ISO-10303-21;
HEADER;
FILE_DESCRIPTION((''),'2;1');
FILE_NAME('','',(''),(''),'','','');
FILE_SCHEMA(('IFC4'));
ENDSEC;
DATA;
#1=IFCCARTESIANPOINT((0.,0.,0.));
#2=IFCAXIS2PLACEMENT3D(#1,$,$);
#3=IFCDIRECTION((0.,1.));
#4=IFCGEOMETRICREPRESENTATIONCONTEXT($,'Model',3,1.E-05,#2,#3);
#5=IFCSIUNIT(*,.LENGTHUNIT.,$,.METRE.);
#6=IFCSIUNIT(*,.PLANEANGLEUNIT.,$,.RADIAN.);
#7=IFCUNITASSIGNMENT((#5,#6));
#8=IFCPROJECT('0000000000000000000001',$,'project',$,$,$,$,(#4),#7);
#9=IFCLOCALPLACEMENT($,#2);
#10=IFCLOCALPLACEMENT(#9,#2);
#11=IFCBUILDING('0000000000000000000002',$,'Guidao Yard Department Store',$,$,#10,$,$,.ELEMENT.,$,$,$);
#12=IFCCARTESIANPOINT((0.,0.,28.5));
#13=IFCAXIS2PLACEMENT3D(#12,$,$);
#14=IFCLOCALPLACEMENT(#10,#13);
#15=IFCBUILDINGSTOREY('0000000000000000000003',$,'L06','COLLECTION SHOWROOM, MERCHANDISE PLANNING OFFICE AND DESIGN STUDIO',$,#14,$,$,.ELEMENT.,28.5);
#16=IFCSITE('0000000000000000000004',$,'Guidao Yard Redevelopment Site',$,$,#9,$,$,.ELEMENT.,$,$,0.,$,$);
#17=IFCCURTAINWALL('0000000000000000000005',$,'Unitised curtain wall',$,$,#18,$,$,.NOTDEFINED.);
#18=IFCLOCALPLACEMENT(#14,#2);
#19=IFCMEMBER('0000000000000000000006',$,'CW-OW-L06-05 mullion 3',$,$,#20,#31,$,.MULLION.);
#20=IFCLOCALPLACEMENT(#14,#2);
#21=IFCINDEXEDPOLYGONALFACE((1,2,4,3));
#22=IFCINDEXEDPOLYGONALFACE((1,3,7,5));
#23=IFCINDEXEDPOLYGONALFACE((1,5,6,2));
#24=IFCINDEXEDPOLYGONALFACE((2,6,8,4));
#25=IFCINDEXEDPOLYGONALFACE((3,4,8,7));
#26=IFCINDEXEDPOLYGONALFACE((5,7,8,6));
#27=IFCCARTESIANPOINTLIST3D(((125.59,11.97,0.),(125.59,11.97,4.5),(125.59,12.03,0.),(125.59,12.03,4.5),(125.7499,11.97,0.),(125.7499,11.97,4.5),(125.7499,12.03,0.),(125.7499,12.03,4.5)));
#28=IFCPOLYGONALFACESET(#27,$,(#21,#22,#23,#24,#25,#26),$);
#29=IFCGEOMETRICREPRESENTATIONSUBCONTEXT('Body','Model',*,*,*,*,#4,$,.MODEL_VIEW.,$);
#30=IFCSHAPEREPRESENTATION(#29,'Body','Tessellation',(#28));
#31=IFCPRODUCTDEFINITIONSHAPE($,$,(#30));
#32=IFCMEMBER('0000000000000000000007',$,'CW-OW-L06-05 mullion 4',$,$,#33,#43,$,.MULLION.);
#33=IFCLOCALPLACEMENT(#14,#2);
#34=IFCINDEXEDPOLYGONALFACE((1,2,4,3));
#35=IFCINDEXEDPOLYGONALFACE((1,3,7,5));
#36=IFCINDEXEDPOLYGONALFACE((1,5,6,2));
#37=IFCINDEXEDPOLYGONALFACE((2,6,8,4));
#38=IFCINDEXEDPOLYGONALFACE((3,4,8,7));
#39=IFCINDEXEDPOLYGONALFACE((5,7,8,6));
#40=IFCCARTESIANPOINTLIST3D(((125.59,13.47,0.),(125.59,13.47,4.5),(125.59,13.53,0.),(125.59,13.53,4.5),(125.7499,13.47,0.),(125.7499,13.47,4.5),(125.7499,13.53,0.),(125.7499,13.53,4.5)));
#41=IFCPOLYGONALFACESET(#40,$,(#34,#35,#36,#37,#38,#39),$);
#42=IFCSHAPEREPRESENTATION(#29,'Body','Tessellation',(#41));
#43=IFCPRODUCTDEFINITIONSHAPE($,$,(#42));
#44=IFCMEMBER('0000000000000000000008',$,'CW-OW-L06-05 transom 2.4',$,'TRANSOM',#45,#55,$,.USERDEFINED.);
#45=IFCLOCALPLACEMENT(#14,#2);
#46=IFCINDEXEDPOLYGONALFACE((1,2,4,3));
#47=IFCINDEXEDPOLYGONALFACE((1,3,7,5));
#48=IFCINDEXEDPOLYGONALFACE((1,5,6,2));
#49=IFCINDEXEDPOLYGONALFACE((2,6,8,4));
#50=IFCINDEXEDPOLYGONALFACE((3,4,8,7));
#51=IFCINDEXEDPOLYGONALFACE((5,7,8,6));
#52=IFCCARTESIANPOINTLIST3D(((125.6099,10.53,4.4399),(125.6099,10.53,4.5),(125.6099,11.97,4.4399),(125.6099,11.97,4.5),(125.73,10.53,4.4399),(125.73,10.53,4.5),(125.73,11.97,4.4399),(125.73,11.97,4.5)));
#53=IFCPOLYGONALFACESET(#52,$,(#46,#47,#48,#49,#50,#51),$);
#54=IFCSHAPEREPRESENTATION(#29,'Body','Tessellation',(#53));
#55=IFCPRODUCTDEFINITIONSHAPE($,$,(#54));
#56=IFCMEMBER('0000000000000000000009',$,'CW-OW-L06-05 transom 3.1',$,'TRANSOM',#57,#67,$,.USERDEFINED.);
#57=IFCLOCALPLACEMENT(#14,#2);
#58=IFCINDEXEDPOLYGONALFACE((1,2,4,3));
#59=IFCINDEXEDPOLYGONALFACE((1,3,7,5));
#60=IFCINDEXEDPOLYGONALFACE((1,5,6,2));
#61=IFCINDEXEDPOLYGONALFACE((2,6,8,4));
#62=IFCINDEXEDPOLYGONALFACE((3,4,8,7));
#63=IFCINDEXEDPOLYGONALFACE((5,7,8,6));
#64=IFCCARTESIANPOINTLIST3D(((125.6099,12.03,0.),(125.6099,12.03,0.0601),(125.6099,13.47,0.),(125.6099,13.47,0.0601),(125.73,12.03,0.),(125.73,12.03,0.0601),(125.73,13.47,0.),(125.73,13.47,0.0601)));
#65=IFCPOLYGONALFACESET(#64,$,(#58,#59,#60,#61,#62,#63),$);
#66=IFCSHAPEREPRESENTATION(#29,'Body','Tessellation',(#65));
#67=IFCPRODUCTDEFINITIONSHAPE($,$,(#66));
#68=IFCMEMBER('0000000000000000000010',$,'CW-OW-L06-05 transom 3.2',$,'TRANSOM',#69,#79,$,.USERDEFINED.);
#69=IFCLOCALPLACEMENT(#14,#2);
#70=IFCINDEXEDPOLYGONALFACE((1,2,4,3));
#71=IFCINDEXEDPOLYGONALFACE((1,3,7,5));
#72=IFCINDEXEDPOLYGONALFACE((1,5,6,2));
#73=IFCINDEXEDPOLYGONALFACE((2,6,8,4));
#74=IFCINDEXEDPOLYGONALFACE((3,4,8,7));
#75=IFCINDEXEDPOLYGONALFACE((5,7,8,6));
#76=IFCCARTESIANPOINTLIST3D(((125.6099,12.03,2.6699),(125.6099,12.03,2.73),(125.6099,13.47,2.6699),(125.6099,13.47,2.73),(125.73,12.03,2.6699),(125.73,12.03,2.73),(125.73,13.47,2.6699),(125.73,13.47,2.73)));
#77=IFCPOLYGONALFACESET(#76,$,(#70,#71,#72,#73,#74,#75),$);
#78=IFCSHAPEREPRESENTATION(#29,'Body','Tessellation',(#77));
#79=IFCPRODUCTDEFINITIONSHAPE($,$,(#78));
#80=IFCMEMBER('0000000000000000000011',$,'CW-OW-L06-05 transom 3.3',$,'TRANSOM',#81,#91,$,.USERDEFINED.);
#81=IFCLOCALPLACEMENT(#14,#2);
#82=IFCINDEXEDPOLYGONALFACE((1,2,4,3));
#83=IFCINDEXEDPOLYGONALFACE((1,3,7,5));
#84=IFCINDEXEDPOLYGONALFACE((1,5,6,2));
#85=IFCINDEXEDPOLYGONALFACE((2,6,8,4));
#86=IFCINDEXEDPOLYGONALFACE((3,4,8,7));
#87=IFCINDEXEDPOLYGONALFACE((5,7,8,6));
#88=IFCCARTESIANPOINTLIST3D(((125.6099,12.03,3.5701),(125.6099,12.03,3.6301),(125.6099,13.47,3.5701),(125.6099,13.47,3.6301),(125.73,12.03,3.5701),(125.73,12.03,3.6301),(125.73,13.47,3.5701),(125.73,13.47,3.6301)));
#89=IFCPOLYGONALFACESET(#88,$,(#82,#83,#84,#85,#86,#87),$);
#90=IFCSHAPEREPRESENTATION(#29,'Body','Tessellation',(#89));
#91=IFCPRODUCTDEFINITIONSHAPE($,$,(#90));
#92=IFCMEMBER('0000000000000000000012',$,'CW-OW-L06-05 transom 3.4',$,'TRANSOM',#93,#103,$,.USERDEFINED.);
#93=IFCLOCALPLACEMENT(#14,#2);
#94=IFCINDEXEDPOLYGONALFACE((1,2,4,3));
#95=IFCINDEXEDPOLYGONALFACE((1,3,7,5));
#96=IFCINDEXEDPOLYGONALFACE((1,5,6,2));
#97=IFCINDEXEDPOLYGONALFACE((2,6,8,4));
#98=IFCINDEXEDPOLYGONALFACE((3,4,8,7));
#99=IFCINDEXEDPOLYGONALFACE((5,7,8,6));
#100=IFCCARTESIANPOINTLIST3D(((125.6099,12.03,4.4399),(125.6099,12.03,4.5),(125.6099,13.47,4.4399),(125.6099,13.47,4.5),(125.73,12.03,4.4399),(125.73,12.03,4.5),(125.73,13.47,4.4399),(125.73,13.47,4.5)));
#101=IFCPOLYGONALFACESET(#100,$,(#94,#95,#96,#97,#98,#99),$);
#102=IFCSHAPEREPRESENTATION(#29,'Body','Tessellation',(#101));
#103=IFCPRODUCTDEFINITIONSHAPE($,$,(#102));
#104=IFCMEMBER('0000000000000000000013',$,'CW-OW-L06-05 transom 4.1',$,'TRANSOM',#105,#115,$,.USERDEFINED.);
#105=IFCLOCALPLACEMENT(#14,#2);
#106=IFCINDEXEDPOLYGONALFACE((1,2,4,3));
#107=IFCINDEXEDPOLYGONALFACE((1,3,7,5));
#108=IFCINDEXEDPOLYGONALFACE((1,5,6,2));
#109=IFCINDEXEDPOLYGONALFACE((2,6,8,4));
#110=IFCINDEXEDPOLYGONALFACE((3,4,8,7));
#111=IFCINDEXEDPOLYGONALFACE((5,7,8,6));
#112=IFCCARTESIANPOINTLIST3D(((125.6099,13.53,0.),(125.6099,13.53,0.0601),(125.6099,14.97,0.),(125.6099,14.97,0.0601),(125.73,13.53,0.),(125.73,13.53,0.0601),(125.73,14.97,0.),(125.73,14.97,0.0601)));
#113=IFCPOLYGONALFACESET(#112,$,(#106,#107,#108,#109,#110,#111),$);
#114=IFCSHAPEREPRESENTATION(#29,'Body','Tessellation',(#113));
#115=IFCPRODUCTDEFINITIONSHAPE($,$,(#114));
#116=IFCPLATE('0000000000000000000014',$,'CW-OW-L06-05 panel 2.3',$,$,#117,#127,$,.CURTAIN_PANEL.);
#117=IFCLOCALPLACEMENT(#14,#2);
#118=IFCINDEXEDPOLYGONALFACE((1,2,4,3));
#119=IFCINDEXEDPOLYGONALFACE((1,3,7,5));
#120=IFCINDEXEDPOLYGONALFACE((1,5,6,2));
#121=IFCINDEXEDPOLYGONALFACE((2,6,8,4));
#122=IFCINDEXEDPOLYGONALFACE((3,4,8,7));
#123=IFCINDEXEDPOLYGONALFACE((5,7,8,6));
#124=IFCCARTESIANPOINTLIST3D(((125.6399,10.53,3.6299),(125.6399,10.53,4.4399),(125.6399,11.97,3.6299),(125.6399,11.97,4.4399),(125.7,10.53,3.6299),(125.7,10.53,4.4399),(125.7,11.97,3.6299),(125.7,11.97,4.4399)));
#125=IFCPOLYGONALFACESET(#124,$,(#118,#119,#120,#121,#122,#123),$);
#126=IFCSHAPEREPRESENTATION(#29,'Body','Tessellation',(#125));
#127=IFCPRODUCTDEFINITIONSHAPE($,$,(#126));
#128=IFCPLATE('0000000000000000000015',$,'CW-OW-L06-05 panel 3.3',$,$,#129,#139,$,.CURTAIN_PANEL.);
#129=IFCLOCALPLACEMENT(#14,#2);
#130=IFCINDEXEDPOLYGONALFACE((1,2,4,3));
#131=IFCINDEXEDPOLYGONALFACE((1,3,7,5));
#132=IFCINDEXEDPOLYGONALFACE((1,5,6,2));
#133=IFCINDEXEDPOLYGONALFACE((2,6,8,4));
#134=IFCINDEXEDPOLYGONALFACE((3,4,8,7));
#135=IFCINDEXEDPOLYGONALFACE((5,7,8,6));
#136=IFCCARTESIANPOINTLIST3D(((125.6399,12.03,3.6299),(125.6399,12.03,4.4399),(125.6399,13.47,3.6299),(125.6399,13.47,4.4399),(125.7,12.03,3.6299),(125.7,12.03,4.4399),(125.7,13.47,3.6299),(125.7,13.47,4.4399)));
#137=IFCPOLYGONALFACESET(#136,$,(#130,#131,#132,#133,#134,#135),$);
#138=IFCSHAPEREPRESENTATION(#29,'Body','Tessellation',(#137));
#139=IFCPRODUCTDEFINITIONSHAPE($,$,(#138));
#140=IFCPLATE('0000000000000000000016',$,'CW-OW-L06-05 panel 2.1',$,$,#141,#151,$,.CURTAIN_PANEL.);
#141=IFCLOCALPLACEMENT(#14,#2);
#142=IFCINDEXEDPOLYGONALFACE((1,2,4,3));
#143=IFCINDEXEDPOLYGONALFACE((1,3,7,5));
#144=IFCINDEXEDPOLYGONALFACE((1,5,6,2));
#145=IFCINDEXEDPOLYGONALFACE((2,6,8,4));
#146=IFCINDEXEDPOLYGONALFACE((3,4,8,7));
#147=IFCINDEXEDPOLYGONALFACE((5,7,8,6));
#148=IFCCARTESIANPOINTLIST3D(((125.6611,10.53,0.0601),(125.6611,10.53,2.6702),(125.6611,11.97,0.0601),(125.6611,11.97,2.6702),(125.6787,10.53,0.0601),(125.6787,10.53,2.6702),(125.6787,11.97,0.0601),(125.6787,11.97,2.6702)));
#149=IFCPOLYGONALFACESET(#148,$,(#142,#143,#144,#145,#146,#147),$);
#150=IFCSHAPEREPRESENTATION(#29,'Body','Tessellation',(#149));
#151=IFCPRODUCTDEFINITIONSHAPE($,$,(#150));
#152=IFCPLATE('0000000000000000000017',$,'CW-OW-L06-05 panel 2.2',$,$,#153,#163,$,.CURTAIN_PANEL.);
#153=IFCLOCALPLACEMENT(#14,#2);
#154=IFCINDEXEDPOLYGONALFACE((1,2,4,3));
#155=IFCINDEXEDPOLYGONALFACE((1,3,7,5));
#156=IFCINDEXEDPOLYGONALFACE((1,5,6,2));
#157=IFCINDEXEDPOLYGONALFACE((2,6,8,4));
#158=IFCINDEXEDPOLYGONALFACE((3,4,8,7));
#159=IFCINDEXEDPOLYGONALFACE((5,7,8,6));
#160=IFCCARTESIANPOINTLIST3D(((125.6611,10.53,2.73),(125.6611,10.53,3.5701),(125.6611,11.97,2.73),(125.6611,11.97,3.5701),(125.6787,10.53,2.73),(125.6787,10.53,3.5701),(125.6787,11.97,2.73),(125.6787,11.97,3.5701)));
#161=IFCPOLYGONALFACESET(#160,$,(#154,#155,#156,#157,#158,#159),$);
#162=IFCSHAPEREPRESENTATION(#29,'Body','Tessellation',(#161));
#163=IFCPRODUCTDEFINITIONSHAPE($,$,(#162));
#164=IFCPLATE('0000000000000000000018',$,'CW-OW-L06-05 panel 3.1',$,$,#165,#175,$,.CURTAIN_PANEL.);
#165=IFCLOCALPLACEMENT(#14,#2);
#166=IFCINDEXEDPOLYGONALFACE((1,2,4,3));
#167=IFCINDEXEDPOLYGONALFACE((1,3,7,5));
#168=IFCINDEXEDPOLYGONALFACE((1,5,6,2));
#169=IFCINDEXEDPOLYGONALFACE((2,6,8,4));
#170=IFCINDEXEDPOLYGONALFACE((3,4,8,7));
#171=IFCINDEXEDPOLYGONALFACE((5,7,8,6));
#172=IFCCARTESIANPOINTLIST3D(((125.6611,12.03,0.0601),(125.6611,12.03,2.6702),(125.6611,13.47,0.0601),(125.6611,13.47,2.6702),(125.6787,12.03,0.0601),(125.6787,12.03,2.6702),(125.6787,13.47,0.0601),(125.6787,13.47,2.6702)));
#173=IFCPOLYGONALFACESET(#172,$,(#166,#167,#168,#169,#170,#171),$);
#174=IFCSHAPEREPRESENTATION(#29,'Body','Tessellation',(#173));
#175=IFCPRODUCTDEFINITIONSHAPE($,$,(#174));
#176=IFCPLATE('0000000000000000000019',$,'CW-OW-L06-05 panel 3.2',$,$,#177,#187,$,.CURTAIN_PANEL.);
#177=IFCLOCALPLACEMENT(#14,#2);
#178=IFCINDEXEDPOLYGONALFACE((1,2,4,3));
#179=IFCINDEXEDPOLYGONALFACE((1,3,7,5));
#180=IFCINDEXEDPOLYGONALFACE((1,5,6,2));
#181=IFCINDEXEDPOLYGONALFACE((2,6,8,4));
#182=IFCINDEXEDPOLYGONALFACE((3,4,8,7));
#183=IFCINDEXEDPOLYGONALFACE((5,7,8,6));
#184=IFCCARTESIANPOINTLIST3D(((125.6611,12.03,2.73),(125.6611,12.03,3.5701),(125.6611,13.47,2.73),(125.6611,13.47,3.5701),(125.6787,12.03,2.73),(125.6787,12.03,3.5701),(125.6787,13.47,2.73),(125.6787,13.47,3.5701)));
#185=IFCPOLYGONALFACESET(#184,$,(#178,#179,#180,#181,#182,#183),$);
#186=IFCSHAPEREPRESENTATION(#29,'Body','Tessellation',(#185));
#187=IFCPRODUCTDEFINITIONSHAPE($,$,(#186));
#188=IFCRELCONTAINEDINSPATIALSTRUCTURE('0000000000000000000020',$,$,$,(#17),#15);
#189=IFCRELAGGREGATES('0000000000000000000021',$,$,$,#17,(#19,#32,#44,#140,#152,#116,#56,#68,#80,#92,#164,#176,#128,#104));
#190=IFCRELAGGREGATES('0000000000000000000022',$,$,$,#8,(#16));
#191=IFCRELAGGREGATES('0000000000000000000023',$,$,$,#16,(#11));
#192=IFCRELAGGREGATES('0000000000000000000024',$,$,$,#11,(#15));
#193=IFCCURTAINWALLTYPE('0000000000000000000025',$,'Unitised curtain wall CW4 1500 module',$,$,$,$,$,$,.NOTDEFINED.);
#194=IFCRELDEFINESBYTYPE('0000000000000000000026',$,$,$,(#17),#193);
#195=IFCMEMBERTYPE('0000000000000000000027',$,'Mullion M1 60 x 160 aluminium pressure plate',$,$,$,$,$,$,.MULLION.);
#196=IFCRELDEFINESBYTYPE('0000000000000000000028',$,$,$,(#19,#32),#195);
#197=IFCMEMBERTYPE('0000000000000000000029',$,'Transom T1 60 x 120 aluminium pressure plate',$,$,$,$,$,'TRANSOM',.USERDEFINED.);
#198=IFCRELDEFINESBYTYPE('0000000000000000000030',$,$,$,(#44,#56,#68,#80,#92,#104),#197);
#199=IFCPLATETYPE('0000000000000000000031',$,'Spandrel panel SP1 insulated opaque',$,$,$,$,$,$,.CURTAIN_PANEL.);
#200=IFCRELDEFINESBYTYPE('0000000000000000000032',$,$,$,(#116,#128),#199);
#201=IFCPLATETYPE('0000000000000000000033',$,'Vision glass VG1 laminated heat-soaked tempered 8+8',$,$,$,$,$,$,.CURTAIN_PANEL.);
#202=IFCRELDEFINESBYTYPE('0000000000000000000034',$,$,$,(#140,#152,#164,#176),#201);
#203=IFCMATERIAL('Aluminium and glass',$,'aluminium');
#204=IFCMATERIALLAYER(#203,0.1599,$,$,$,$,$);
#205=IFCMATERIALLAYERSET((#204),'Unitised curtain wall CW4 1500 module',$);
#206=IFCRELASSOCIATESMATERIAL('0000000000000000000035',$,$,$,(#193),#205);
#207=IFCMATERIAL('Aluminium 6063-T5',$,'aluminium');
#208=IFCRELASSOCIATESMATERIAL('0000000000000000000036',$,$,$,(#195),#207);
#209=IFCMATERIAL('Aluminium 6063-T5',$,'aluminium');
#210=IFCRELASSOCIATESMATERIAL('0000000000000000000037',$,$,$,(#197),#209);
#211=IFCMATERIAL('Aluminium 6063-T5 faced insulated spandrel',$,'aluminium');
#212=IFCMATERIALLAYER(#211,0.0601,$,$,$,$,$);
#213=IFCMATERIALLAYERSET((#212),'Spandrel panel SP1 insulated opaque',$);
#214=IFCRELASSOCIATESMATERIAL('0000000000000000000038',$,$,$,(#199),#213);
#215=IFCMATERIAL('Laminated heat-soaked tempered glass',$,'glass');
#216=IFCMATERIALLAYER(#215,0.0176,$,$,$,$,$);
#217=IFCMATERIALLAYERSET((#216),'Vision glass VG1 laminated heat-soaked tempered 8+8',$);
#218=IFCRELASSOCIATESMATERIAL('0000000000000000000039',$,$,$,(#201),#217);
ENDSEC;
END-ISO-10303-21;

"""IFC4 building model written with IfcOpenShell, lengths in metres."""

from ifc_helpers import new_model, si_unit, direction, frame, origin, origin_2d, place, context, subcontext, project, spatial, rectangle, extrude, material, layer, layer_set, material_profile, profile_set, type_object, element, aggregate, save


model = new_model("IFC4")

# Units and contexts
model_context = context("Model", 3, precision=1e-05, world=origin(), true_north=direction((0.0, 1.0)))
body_context = subcontext(model_context, "Body", "Model", "MODEL_VIEW")
ifc_project = project(units=[si_unit("LENGTHUNIT", "METRE"), si_unit("PLANEANGLEUNIT", "RADIAN")], contexts=[model_context])

# Site, building, storey
site_placement = place(None, origin())
site = spatial("IfcSite", under=ifc_project, at=site_placement, Name="Guidao Yard Redevelopment Site", CompositionType="ELEMENT", RefElevation=0.0)
building_placement = place(site_placement, origin())
building = spatial("IfcBuilding", under=site, at=building_placement, Name="Guidao Yard Department Store", CompositionType="ELEMENT")
storey_placement = place(building_placement, frame((0.0, 0.0, 28.5)))
storey = spatial("IfcBuildingStorey", under=building, at=storey_placement, Name="L06", Description="COLLECTION SHOWROOM, MERCHANDISE PLANNING OFFICE AND DESIGN STUDIO", CompositionType="ELEMENT", Elevation=28.5)

# Curtain wall, members, plates
ifc_material_1 = material(Name="Aluminium and glass", Category="aluminium")
ifc_layer_1 = layer(ifc_material_1, 0.1599)
ifc_layer_set_1 = layer_set([ifc_layer_1], Name="Unitised curtain wall CW4 1500 module")
curtain_wall_type = type_object("IfcCurtainWallType", Name="Unitised curtain wall CW4 1500 module", PredefinedType="NOTDEFINED", material=ifc_layer_set_1)
curtain_wall_placement = place(storey_placement, origin())
curtain_wall = element("IfcCurtainWall", 1, at=curtain_wall_placement, inside=storey, type_object=curtain_wall_type, Name="Unitised curtain wall", PredefinedType="NOTDEFINED")
ifc_material_2 = material(Name="Aluminium 6063-T5", Category="aluminium")
ifc_material_profile_1 = material_profile(ifc_material_2, rectangle(XDim=0.0601, YDim=0.1599, at=origin_2d()), Name="Mullion M1 60 x 160 aluminium pressure plate")
ifc_profile_set_1 = profile_set([ifc_material_profile_1], Name="Aluminium 6063-T5")
member_type_1 = type_object("IfcMemberType", Name="Mullion M1 60 x 160 aluminium pressure plate", PredefinedType="MULLION", material=ifc_profile_set_1)
member_1_placement = place(storey_placement, frame((125.6699, 12.0, 0.0), z_axis=(0.0, 0.0, 1.0), x_axis=(0.0, 1.0, 0.0)))
member_1 = element("IfcMember", 2, at=member_1_placement, type_object=member_type_1, Name="CW-OW-L06-05 mullion 3", PredefinedType="MULLION", context=body_context, shape_type="SweptSolid", body=[
    extrude(rectangle(XDim=0.0601, YDim=0.1599, at=origin_2d()), origin(), (0.0, 0.0, 1.0), 4.5),
])
member_2_placement = place(storey_placement, frame((125.6699, 13.5, 0.0), z_axis=(0.0, 0.0, 1.0), x_axis=(0.0, 1.0, 0.0)))
member_2 = element("IfcMember", 3, at=member_2_placement, type_object=member_type_1, Name="CW-OW-L06-05 mullion 4", PredefinedType="MULLION", context=body_context, shape_type="SweptSolid", body=[
    extrude(rectangle(XDim=0.0601, YDim=0.1599, at=origin_2d()), origin(), (0.0, 0.0, 1.0), 4.5),
])
ifc_material_3 = material(Name="Aluminium 6063-T5", Category="aluminium")
ifc_material_profile_2 = material_profile(ifc_material_3, rectangle(XDim=0.1201, YDim=0.0601, at=origin_2d()), Name="Transom T1 60 x 120 aluminium pressure plate")
ifc_profile_set_2 = profile_set([ifc_material_profile_2], Name="Aluminium 6063-T5")
member_type_2 = type_object("IfcMemberType", Name="Transom T1 60 x 120 aluminium pressure plate", ElementType="TRANSOM", PredefinedType="USERDEFINED", material=ifc_profile_set_2)
member_3_placement = place(storey_placement, frame((125.6699, 10.53, 4.47), z_axis=(0.0, 1.0, 0.0), x_axis=(-1.0, 0.0, 0.0)))
member_3 = element("IfcMember", 4, at=member_3_placement, type_object=member_type_2, Name="CW-OW-L06-05 transom 2.4", ObjectType="TRANSOM", PredefinedType="USERDEFINED", context=body_context, shape_type="SweptSolid", body=[
    extrude(rectangle(XDim=0.1201, YDim=0.0601, at=origin_2d()), origin(), (0.0, 0.0, 1.0), 1.4399),
])
member_4_placement = place(storey_placement, frame((125.6699, 12.03, 0.03), z_axis=(0.0, 1.0, 0.0), x_axis=(-1.0, 0.0, 0.0)))
member_4 = element("IfcMember", 5, at=member_4_placement, type_object=member_type_2, Name="CW-OW-L06-05 transom 3.1", ObjectType="TRANSOM", PredefinedType="USERDEFINED", context=body_context, shape_type="SweptSolid", body=[
    extrude(rectangle(XDim=0.1201, YDim=0.0601, at=origin_2d()), origin(), (0.0, 0.0, 1.0), 1.4399),
])
member_5_placement = place(storey_placement, frame((125.6699, 12.03, 2.7), z_axis=(0.0, 1.0, 0.0), x_axis=(-1.0, 0.0, 0.0)))
member_5 = element("IfcMember", 6, at=member_5_placement, type_object=member_type_2, Name="CW-OW-L06-05 transom 3.2", ObjectType="TRANSOM", PredefinedType="USERDEFINED", context=body_context, shape_type="SweptSolid", body=[
    extrude(rectangle(XDim=0.1201, YDim=0.0601, at=origin_2d()), origin(), (0.0, 0.0, 1.0), 1.4399),
])
member_6_placement = place(storey_placement, frame((125.6699, 12.03, 3.6001), z_axis=(0.0, 1.0, 0.0), x_axis=(-1.0, 0.0, 0.0)))
member_6 = element("IfcMember", 7, at=member_6_placement, type_object=member_type_2, Name="CW-OW-L06-05 transom 3.3", ObjectType="TRANSOM", PredefinedType="USERDEFINED", context=body_context, shape_type="SweptSolid", body=[
    extrude(rectangle(XDim=0.1201, YDim=0.0601, at=origin_2d()), origin(), (0.0, 0.0, 1.0), 1.4399),
])
member_7_placement = place(storey_placement, frame((125.6699, 12.03, 4.47), z_axis=(0.0, 1.0, 0.0), x_axis=(-1.0, 0.0, 0.0)))
member_7 = element("IfcMember", 8, at=member_7_placement, type_object=member_type_2, Name="CW-OW-L06-05 transom 3.4", ObjectType="TRANSOM", PredefinedType="USERDEFINED", context=body_context, shape_type="SweptSolid", body=[
    extrude(rectangle(XDim=0.1201, YDim=0.0601, at=origin_2d()), origin(), (0.0, 0.0, 1.0), 1.4399),
])
member_8_placement = place(storey_placement, frame((125.6699, 13.53, 0.03), z_axis=(0.0, 1.0, 0.0), x_axis=(-1.0, 0.0, 0.0)))
member_8 = element("IfcMember", 9, at=member_8_placement, type_object=member_type_2, Name="CW-OW-L06-05 transom 4.1", ObjectType="TRANSOM", PredefinedType="USERDEFINED", context=body_context, shape_type="SweptSolid", body=[
    extrude(rectangle(XDim=0.1201, YDim=0.0601, at=origin_2d()), origin(), (0.0, 0.0, 1.0), 1.4399),
])
ifc_material_4 = material(Name="Aluminium 6063-T5 faced insulated spandrel", Category="aluminium")
ifc_layer_2 = layer(ifc_material_4, 0.0601)
ifc_layer_set_2 = layer_set([ifc_layer_2], Name="Spandrel panel SP1 insulated opaque")
plate_type_1 = type_object("IfcPlateType", Name="Spandrel panel SP1 insulated opaque", PredefinedType="CURTAIN_PANEL", material=ifc_layer_set_2)
plate_1_placement = place(storey_placement, frame((125.6699, 11.25, 3.6299), z_axis=(0.0, 0.0, 1.0), x_axis=(0.0, 1.0, 0.0)))
plate_1 = element("IfcPlate", 10, at=plate_1_placement, type_object=plate_type_1, Name="CW-OW-L06-05 panel 2.3", PredefinedType="CURTAIN_PANEL", context=body_context, shape_type="SweptSolid", body=[
    extrude(rectangle(XDim=1.4399, YDim=0.0601, at=origin_2d()), origin(), (0.0, 0.0, 1.0), 0.8101),
])
plate_2_placement = place(storey_placement, frame((125.6699, 12.75, 3.6299), z_axis=(0.0, 0.0, 1.0), x_axis=(0.0, 1.0, 0.0)))
plate_2 = element("IfcPlate", 11, at=plate_2_placement, type_object=plate_type_1, Name="CW-OW-L06-05 panel 3.3", PredefinedType="CURTAIN_PANEL", context=body_context, shape_type="SweptSolid", body=[
    extrude(rectangle(XDim=1.4399, YDim=0.0601, at=origin_2d()), origin(), (0.0, 0.0, 1.0), 0.8101),
])
ifc_material_5 = material(Name="Laminated heat-soaked tempered glass", Category="glass")
ifc_layer_3 = layer(ifc_material_5, 0.0176)
ifc_layer_set_3 = layer_set([ifc_layer_3], Name="Vision glass VG1 laminated heat-soaked tempered 8+8")
plate_type_2 = type_object("IfcPlateType", Name="Vision glass VG1 laminated heat-soaked tempered 8+8", PredefinedType="CURTAIN_PANEL", material=ifc_layer_set_3)
plate_3_placement = place(storey_placement, frame((125.6699, 11.25, 0.0601), z_axis=(0.0, 0.0, 1.0), x_axis=(0.0, 1.0, 0.0)))
plate_3 = element("IfcPlate", 12, at=plate_3_placement, type_object=plate_type_2, Name="CW-OW-L06-05 panel 2.1", PredefinedType="CURTAIN_PANEL", context=body_context, shape_type="SweptSolid", body=[
    extrude(rectangle(XDim=1.4399, YDim=0.0176, at=origin_2d()), origin(), (0.0, 0.0, 1.0), 2.6101),
])
plate_4_placement = place(storey_placement, frame((125.6699, 11.25, 2.73), z_axis=(0.0, 0.0, 1.0), x_axis=(0.0, 1.0, 0.0)))
plate_4 = element("IfcPlate", 13, at=plate_4_placement, type_object=plate_type_2, Name="CW-OW-L06-05 panel 2.2", PredefinedType="CURTAIN_PANEL", context=body_context, shape_type="SweptSolid", body=[
    extrude(rectangle(XDim=1.4399, YDim=0.0176, at=origin_2d()), origin(), (0.0, 0.0, 1.0), 0.8401),
])
plate_5_placement = place(storey_placement, frame((125.6699, 12.75, 0.0601), z_axis=(0.0, 0.0, 1.0), x_axis=(0.0, 1.0, 0.0)))
plate_5 = element("IfcPlate", 14, at=plate_5_placement, type_object=plate_type_2, Name="CW-OW-L06-05 panel 3.1", PredefinedType="CURTAIN_PANEL", context=body_context, shape_type="SweptSolid", body=[
    extrude(rectangle(XDim=1.4399, YDim=0.0176, at=origin_2d()), origin(), (0.0, 0.0, 1.0), 2.6101),
])
plate_6_placement = place(storey_placement, frame((125.6699, 12.75, 2.73), z_axis=(0.0, 0.0, 1.0), x_axis=(0.0, 1.0, 0.0)))
plate_6 = element("IfcPlate", 15, at=plate_6_placement, type_object=plate_type_2, Name="CW-OW-L06-05 panel 3.2", PredefinedType="CURTAIN_PANEL", context=body_context, shape_type="SweptSolid", body=[
    extrude(rectangle(XDim=1.4399, YDim=0.0176, at=origin_2d()), origin(), (0.0, 0.0, 1.0), 0.8401),
])
aggregate(curtain_wall, [member_1, member_2, member_3, plate_3, plate_4, plate_1, member_4, member_5, member_6, member_7, plate_5, plate_6, plate_2, member_8])

save(model, "model.ifc")
